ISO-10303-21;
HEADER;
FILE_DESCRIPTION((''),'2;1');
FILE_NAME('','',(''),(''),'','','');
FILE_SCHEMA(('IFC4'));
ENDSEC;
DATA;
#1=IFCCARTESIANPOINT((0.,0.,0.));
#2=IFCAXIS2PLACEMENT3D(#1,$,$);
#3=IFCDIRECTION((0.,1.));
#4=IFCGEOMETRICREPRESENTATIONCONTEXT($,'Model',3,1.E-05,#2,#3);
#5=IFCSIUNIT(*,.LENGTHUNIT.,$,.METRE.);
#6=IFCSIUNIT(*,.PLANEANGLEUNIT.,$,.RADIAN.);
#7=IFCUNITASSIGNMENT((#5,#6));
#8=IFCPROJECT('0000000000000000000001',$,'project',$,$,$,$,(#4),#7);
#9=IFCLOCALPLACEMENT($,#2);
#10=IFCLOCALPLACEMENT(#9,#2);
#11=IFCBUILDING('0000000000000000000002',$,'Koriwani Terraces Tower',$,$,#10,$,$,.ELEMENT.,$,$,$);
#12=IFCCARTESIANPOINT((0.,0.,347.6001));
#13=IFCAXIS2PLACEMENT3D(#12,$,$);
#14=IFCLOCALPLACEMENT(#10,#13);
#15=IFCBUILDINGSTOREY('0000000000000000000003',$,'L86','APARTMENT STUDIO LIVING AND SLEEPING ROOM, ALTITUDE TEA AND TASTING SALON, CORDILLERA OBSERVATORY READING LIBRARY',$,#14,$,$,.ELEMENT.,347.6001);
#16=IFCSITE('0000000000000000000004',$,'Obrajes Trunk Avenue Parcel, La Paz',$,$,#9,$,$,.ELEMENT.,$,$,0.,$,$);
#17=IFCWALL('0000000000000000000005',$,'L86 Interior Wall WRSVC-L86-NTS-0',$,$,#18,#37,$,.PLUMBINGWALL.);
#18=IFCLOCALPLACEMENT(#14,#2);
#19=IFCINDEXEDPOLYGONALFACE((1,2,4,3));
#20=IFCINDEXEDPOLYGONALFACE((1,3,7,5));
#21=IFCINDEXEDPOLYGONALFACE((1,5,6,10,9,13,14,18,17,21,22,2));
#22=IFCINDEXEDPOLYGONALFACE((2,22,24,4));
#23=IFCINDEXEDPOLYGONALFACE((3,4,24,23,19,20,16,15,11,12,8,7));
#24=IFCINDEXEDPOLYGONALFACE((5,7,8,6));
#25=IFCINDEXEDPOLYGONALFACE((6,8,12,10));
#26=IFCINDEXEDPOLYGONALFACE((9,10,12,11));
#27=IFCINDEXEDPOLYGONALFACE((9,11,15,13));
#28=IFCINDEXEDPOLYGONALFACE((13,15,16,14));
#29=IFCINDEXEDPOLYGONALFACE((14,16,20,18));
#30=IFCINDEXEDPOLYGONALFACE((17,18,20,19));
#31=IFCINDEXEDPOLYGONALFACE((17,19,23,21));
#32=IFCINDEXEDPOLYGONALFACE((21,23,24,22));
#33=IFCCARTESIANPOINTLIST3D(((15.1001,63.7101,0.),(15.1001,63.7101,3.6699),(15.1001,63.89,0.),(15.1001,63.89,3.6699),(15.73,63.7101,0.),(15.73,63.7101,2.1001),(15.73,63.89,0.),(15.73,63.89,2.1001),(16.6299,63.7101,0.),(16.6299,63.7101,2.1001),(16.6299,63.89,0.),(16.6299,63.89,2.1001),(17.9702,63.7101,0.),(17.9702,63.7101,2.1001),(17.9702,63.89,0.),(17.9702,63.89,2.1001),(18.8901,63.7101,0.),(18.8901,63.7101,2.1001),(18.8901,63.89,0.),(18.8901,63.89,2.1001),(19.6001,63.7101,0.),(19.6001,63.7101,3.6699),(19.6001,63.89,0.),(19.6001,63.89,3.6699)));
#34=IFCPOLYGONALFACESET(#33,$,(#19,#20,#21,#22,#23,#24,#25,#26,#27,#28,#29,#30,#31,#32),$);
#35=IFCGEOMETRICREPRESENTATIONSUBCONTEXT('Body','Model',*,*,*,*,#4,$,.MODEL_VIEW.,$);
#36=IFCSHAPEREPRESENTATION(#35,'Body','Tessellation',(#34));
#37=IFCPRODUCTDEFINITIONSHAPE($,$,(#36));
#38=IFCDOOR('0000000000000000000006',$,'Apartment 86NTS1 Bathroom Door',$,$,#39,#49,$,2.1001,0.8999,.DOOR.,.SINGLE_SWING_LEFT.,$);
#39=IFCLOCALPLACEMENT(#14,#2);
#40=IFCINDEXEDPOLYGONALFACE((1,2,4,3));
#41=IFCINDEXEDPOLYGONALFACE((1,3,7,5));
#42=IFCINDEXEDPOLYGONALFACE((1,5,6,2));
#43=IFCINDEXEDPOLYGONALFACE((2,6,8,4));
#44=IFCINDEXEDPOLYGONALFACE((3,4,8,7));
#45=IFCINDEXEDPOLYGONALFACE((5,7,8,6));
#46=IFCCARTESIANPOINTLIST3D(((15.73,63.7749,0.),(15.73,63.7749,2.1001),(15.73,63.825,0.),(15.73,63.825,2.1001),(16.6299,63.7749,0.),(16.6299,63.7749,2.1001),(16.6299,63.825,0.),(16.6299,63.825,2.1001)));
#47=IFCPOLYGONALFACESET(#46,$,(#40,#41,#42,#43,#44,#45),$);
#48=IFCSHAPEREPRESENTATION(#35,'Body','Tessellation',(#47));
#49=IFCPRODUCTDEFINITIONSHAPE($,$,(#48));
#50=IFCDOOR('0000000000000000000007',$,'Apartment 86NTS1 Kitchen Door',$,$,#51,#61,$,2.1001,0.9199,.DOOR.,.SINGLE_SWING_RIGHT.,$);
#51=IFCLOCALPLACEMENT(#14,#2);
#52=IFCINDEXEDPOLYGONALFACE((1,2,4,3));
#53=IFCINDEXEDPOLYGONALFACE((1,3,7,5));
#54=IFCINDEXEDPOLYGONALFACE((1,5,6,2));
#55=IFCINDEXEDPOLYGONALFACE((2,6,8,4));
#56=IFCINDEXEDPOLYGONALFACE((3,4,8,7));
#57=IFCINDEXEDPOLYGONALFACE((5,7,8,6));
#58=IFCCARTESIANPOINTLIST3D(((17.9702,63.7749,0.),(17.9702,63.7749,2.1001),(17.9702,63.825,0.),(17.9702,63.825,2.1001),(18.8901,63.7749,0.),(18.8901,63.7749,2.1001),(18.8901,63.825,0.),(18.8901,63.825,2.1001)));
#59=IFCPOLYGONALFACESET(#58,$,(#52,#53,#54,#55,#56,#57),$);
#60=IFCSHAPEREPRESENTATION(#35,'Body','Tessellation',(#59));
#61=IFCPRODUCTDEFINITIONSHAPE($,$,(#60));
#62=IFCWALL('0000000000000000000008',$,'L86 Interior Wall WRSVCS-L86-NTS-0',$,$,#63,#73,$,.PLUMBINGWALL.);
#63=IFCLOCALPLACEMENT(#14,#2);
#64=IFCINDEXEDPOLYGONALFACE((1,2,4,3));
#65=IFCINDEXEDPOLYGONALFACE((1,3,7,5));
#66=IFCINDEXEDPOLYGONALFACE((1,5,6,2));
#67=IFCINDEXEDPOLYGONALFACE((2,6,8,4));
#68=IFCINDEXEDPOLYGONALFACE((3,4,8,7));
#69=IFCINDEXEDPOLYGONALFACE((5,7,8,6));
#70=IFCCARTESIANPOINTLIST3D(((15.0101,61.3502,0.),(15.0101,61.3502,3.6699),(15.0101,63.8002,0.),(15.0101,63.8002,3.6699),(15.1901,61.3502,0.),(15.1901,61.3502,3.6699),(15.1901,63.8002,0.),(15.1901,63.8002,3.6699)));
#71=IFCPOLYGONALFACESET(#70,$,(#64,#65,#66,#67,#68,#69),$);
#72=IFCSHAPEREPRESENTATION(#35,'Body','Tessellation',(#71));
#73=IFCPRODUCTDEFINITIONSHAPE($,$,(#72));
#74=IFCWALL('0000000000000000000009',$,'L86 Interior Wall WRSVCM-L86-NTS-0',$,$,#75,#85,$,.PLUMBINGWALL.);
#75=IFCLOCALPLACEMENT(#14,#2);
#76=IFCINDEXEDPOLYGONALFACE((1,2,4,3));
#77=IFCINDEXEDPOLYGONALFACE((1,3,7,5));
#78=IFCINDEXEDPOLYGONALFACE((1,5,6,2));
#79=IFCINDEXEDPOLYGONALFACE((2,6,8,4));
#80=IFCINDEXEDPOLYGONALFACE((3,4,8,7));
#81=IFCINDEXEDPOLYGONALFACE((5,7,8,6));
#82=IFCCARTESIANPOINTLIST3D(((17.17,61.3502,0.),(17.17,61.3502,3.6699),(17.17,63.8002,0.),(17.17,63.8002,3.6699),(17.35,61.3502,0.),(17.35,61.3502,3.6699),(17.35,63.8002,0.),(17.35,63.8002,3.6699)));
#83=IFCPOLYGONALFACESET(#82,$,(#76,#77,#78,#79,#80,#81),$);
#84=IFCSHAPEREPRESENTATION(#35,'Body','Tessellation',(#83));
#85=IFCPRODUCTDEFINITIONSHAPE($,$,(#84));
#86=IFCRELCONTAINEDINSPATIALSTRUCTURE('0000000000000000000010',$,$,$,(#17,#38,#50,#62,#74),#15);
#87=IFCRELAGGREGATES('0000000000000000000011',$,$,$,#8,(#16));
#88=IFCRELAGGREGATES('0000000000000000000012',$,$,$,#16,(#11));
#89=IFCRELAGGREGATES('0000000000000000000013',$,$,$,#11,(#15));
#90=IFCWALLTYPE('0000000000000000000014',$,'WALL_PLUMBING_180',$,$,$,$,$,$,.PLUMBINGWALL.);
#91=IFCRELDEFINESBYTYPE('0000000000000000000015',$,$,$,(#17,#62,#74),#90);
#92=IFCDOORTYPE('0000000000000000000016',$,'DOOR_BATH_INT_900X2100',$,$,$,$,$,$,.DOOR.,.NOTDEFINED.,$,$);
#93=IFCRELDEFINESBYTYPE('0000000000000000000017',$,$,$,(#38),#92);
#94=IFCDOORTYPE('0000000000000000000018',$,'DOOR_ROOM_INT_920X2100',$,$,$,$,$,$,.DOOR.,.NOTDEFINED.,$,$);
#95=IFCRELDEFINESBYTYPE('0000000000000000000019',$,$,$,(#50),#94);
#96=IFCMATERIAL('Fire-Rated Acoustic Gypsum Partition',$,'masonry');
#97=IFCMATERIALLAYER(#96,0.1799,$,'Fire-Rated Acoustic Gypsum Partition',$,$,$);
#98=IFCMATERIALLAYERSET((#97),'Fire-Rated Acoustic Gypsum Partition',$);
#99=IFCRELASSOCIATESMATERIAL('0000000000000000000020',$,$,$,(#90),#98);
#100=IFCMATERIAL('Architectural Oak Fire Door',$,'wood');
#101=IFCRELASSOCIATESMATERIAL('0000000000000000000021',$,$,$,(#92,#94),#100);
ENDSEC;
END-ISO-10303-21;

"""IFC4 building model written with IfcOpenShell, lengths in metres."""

from ifc_helpers import new_model, si_unit, direction, frame, frame_2d, origin, place, context, subcontext, project, spatial, rectangle, extrude, material, layer, layer_set, type_object, element, fill, save


model = new_model("IFC4")

# Units and contexts
model_context = context("Model", 3, precision=1e-05, world=origin(), true_north=direction((0.0, 1.0)))
body_context = subcontext(model_context, "Body", "Model", "MODEL_VIEW")
ifc_project = project(units=[si_unit("LENGTHUNIT", "METRE"), si_unit("PLANEANGLEUNIT", "RADIAN")], contexts=[model_context])

# Site, building, storey
site_placement = place(None, origin())
site = spatial("IfcSite", under=ifc_project, at=site_placement, Name="Obrajes Trunk Avenue Parcel, La Paz", CompositionType="ELEMENT", RefElevation=0.0)
building_placement = place(site_placement, origin())
building = spatial("IfcBuilding", under=site, at=building_placement, Name="Koriwani Terraces Tower", CompositionType="ELEMENT")
storey_placement = place(building_placement, frame((0.0, 0.0, 347.6001)))
storey = spatial("IfcBuildingStorey", under=building, at=storey_placement, Name="L86", Description="APARTMENT STUDIO LIVING AND SLEEPING ROOM, ALTITUDE TEA AND TASTING SALON, CORDILLERA OBSERVATORY READING LIBRARY", CompositionType="ELEMENT", Elevation=347.6001)

# Shared definitions
ifc_material_1 = material(Name="Architectural Oak Fire Door", Category="wood")

# Wall, openings, doors
ifc_material_2 = material(Name="Fire-Rated Acoustic Gypsum Partition", Category="masonry")
ifc_layer_1 = layer(ifc_material_2, 0.1799, Name="Fire-Rated Acoustic Gypsum Partition")
ifc_layer_set_1 = layer_set([ifc_layer_1], Name="Fire-Rated Acoustic Gypsum Partition")
wall_type_1 = type_object("IfcWallType", Name="WALL_PLUMBING_180", PredefinedType="PLUMBINGWALL", material=ifc_layer_set_1)
wall_1_placement = place(storey_placement, frame((15.1001, 63.8, 0.0), z_axis=(0.0, 0.0, 1.0), x_axis=(1.0, 0.0, 0.0)))
wall_1 = element("IfcWall", 1, at=wall_1_placement, inside=storey, type_object=wall_type_1, Name="L86 Interior Wall WRSVC-L86-NTS-0", PredefinedType="PLUMBINGWALL", context=body_context, shape_type="SweptSolid", body=[
    extrude(rectangle(XDim=4.5, YDim=0.1799, at=frame_2d((2.25, 0.0))), origin(), (0.0, 0.0, 1.0), 3.6699),
])
opening_1_placement = place(wall_1_placement, frame((0.6299, 0.0, 0.0)))
opening_1 = element("IfcOpeningElement", 2, at=opening_1_placement, cuts=wall_1, PredefinedType="OPENING", context=body_context, shape_type="SweptSolid", body=[
    extrude(rectangle(XDim=0.8999, YDim=2.1001, at=frame_2d((0.45, 1.05))), frame((0.0, 0.1001, 0.0), z_axis=(0.0, -1.0, 0.0), x_axis=(1.0, 0.0, 0.0)), (0.0, 0.0, 1.0), 0.2),
])
opening_2_placement = place(wall_1_placement, frame((2.8701, 0.0, 0.0)))
opening_2 = element("IfcOpeningElement", 3, at=opening_2_placement, cuts=wall_1, PredefinedType="OPENING", context=body_context, shape_type="SweptSolid", body=[
    extrude(rectangle(XDim=0.9199, YDim=2.1001, at=frame_2d((0.46, 1.05))), frame((0.0, 0.1001, 0.0), z_axis=(0.0, -1.0, 0.0), x_axis=(1.0, 0.0, 0.0)), (0.0, 0.0, 1.0), 0.2),
])
door_type_1 = type_object("IfcDoorType", Name="DOOR_BATH_INT_900X2100", OperationType="NOTDEFINED", PredefinedType="DOOR", material=ifc_material_1)
door_1_placement = place(opening_1_placement, origin())
door_1 = element("IfcDoor", 4, at=door_1_placement, inside=storey, type_object=door_type_1, Name="Apartment 86NTS1 Bathroom Door", OperationType="SINGLE_SWING_LEFT", OverallHeight=2.1001, OverallWidth=0.8999, PredefinedType="DOOR", context=body_context, shape_type="SweptSolid", body=[
    extrude(rectangle(XDim=0.8999, YDim=2.1001, at=frame_2d((0.45, 1.05))), frame((0.0, 0.0249, 0.0), z_axis=(0.0, -1.0, 0.0), x_axis=(1.0, 0.0, 0.0)), (0.0, 0.0, 1.0), 0.05),
])
fill(opening_1, door_1)
door_type_2 = type_object("IfcDoorType", Name="DOOR_ROOM_INT_920X2100", OperationType="NOTDEFINED", PredefinedType="DOOR", material=ifc_material_1)
door_2_placement = place(opening_2_placement, origin())
door_2 = element("IfcDoor", 5, at=door_2_placement, inside=storey, type_object=door_type_2, Name="Apartment 86NTS1 Kitchen Door", OperationType="SINGLE_SWING_RIGHT", OverallHeight=2.1001, OverallWidth=0.9199, PredefinedType="DOOR", context=body_context, shape_type="SweptSolid", body=[
    extrude(rectangle(XDim=0.9199, YDim=2.1001, at=frame_2d((0.46, 1.05))), frame((0.0, 0.0249, 0.0), z_axis=(0.0, -1.0, 0.0), x_axis=(1.0, 0.0, 0.0)), (0.0, 0.0, 1.0), 0.05),
])
fill(opening_2, door_2)

# Walls
for number, where, z_axis, x_axis, name in (
    (6, (15.1001, 61.3501, 0.0), (0.0, 0.0, 1.0), (0.0, 1.0, 0.0), "L86 Interior Wall WRSVCS-L86-NTS-0"),
    (7, (17.26, 61.3501, 0.0), (0.0, 0.0, 1.0), (0.0, 1.0, 0.0), "L86 Interior Wall WRSVCM-L86-NTS-0"),
):
    element("IfcWall", number, at=place(storey_placement, frame(where, z_axis=z_axis, x_axis=x_axis)), inside=storey, type_object=wall_type_1, Name=name, PredefinedType="PLUMBINGWALL", context=body_context, shape_type="SweptSolid", body=[
        extrude(rectangle(XDim=2.45, YDim=0.1799, at=frame_2d((1.2251, 0.0))), origin(), (0.0, 0.0, 1.0), 3.6699),
    ])

save(model, "model.ifc")
